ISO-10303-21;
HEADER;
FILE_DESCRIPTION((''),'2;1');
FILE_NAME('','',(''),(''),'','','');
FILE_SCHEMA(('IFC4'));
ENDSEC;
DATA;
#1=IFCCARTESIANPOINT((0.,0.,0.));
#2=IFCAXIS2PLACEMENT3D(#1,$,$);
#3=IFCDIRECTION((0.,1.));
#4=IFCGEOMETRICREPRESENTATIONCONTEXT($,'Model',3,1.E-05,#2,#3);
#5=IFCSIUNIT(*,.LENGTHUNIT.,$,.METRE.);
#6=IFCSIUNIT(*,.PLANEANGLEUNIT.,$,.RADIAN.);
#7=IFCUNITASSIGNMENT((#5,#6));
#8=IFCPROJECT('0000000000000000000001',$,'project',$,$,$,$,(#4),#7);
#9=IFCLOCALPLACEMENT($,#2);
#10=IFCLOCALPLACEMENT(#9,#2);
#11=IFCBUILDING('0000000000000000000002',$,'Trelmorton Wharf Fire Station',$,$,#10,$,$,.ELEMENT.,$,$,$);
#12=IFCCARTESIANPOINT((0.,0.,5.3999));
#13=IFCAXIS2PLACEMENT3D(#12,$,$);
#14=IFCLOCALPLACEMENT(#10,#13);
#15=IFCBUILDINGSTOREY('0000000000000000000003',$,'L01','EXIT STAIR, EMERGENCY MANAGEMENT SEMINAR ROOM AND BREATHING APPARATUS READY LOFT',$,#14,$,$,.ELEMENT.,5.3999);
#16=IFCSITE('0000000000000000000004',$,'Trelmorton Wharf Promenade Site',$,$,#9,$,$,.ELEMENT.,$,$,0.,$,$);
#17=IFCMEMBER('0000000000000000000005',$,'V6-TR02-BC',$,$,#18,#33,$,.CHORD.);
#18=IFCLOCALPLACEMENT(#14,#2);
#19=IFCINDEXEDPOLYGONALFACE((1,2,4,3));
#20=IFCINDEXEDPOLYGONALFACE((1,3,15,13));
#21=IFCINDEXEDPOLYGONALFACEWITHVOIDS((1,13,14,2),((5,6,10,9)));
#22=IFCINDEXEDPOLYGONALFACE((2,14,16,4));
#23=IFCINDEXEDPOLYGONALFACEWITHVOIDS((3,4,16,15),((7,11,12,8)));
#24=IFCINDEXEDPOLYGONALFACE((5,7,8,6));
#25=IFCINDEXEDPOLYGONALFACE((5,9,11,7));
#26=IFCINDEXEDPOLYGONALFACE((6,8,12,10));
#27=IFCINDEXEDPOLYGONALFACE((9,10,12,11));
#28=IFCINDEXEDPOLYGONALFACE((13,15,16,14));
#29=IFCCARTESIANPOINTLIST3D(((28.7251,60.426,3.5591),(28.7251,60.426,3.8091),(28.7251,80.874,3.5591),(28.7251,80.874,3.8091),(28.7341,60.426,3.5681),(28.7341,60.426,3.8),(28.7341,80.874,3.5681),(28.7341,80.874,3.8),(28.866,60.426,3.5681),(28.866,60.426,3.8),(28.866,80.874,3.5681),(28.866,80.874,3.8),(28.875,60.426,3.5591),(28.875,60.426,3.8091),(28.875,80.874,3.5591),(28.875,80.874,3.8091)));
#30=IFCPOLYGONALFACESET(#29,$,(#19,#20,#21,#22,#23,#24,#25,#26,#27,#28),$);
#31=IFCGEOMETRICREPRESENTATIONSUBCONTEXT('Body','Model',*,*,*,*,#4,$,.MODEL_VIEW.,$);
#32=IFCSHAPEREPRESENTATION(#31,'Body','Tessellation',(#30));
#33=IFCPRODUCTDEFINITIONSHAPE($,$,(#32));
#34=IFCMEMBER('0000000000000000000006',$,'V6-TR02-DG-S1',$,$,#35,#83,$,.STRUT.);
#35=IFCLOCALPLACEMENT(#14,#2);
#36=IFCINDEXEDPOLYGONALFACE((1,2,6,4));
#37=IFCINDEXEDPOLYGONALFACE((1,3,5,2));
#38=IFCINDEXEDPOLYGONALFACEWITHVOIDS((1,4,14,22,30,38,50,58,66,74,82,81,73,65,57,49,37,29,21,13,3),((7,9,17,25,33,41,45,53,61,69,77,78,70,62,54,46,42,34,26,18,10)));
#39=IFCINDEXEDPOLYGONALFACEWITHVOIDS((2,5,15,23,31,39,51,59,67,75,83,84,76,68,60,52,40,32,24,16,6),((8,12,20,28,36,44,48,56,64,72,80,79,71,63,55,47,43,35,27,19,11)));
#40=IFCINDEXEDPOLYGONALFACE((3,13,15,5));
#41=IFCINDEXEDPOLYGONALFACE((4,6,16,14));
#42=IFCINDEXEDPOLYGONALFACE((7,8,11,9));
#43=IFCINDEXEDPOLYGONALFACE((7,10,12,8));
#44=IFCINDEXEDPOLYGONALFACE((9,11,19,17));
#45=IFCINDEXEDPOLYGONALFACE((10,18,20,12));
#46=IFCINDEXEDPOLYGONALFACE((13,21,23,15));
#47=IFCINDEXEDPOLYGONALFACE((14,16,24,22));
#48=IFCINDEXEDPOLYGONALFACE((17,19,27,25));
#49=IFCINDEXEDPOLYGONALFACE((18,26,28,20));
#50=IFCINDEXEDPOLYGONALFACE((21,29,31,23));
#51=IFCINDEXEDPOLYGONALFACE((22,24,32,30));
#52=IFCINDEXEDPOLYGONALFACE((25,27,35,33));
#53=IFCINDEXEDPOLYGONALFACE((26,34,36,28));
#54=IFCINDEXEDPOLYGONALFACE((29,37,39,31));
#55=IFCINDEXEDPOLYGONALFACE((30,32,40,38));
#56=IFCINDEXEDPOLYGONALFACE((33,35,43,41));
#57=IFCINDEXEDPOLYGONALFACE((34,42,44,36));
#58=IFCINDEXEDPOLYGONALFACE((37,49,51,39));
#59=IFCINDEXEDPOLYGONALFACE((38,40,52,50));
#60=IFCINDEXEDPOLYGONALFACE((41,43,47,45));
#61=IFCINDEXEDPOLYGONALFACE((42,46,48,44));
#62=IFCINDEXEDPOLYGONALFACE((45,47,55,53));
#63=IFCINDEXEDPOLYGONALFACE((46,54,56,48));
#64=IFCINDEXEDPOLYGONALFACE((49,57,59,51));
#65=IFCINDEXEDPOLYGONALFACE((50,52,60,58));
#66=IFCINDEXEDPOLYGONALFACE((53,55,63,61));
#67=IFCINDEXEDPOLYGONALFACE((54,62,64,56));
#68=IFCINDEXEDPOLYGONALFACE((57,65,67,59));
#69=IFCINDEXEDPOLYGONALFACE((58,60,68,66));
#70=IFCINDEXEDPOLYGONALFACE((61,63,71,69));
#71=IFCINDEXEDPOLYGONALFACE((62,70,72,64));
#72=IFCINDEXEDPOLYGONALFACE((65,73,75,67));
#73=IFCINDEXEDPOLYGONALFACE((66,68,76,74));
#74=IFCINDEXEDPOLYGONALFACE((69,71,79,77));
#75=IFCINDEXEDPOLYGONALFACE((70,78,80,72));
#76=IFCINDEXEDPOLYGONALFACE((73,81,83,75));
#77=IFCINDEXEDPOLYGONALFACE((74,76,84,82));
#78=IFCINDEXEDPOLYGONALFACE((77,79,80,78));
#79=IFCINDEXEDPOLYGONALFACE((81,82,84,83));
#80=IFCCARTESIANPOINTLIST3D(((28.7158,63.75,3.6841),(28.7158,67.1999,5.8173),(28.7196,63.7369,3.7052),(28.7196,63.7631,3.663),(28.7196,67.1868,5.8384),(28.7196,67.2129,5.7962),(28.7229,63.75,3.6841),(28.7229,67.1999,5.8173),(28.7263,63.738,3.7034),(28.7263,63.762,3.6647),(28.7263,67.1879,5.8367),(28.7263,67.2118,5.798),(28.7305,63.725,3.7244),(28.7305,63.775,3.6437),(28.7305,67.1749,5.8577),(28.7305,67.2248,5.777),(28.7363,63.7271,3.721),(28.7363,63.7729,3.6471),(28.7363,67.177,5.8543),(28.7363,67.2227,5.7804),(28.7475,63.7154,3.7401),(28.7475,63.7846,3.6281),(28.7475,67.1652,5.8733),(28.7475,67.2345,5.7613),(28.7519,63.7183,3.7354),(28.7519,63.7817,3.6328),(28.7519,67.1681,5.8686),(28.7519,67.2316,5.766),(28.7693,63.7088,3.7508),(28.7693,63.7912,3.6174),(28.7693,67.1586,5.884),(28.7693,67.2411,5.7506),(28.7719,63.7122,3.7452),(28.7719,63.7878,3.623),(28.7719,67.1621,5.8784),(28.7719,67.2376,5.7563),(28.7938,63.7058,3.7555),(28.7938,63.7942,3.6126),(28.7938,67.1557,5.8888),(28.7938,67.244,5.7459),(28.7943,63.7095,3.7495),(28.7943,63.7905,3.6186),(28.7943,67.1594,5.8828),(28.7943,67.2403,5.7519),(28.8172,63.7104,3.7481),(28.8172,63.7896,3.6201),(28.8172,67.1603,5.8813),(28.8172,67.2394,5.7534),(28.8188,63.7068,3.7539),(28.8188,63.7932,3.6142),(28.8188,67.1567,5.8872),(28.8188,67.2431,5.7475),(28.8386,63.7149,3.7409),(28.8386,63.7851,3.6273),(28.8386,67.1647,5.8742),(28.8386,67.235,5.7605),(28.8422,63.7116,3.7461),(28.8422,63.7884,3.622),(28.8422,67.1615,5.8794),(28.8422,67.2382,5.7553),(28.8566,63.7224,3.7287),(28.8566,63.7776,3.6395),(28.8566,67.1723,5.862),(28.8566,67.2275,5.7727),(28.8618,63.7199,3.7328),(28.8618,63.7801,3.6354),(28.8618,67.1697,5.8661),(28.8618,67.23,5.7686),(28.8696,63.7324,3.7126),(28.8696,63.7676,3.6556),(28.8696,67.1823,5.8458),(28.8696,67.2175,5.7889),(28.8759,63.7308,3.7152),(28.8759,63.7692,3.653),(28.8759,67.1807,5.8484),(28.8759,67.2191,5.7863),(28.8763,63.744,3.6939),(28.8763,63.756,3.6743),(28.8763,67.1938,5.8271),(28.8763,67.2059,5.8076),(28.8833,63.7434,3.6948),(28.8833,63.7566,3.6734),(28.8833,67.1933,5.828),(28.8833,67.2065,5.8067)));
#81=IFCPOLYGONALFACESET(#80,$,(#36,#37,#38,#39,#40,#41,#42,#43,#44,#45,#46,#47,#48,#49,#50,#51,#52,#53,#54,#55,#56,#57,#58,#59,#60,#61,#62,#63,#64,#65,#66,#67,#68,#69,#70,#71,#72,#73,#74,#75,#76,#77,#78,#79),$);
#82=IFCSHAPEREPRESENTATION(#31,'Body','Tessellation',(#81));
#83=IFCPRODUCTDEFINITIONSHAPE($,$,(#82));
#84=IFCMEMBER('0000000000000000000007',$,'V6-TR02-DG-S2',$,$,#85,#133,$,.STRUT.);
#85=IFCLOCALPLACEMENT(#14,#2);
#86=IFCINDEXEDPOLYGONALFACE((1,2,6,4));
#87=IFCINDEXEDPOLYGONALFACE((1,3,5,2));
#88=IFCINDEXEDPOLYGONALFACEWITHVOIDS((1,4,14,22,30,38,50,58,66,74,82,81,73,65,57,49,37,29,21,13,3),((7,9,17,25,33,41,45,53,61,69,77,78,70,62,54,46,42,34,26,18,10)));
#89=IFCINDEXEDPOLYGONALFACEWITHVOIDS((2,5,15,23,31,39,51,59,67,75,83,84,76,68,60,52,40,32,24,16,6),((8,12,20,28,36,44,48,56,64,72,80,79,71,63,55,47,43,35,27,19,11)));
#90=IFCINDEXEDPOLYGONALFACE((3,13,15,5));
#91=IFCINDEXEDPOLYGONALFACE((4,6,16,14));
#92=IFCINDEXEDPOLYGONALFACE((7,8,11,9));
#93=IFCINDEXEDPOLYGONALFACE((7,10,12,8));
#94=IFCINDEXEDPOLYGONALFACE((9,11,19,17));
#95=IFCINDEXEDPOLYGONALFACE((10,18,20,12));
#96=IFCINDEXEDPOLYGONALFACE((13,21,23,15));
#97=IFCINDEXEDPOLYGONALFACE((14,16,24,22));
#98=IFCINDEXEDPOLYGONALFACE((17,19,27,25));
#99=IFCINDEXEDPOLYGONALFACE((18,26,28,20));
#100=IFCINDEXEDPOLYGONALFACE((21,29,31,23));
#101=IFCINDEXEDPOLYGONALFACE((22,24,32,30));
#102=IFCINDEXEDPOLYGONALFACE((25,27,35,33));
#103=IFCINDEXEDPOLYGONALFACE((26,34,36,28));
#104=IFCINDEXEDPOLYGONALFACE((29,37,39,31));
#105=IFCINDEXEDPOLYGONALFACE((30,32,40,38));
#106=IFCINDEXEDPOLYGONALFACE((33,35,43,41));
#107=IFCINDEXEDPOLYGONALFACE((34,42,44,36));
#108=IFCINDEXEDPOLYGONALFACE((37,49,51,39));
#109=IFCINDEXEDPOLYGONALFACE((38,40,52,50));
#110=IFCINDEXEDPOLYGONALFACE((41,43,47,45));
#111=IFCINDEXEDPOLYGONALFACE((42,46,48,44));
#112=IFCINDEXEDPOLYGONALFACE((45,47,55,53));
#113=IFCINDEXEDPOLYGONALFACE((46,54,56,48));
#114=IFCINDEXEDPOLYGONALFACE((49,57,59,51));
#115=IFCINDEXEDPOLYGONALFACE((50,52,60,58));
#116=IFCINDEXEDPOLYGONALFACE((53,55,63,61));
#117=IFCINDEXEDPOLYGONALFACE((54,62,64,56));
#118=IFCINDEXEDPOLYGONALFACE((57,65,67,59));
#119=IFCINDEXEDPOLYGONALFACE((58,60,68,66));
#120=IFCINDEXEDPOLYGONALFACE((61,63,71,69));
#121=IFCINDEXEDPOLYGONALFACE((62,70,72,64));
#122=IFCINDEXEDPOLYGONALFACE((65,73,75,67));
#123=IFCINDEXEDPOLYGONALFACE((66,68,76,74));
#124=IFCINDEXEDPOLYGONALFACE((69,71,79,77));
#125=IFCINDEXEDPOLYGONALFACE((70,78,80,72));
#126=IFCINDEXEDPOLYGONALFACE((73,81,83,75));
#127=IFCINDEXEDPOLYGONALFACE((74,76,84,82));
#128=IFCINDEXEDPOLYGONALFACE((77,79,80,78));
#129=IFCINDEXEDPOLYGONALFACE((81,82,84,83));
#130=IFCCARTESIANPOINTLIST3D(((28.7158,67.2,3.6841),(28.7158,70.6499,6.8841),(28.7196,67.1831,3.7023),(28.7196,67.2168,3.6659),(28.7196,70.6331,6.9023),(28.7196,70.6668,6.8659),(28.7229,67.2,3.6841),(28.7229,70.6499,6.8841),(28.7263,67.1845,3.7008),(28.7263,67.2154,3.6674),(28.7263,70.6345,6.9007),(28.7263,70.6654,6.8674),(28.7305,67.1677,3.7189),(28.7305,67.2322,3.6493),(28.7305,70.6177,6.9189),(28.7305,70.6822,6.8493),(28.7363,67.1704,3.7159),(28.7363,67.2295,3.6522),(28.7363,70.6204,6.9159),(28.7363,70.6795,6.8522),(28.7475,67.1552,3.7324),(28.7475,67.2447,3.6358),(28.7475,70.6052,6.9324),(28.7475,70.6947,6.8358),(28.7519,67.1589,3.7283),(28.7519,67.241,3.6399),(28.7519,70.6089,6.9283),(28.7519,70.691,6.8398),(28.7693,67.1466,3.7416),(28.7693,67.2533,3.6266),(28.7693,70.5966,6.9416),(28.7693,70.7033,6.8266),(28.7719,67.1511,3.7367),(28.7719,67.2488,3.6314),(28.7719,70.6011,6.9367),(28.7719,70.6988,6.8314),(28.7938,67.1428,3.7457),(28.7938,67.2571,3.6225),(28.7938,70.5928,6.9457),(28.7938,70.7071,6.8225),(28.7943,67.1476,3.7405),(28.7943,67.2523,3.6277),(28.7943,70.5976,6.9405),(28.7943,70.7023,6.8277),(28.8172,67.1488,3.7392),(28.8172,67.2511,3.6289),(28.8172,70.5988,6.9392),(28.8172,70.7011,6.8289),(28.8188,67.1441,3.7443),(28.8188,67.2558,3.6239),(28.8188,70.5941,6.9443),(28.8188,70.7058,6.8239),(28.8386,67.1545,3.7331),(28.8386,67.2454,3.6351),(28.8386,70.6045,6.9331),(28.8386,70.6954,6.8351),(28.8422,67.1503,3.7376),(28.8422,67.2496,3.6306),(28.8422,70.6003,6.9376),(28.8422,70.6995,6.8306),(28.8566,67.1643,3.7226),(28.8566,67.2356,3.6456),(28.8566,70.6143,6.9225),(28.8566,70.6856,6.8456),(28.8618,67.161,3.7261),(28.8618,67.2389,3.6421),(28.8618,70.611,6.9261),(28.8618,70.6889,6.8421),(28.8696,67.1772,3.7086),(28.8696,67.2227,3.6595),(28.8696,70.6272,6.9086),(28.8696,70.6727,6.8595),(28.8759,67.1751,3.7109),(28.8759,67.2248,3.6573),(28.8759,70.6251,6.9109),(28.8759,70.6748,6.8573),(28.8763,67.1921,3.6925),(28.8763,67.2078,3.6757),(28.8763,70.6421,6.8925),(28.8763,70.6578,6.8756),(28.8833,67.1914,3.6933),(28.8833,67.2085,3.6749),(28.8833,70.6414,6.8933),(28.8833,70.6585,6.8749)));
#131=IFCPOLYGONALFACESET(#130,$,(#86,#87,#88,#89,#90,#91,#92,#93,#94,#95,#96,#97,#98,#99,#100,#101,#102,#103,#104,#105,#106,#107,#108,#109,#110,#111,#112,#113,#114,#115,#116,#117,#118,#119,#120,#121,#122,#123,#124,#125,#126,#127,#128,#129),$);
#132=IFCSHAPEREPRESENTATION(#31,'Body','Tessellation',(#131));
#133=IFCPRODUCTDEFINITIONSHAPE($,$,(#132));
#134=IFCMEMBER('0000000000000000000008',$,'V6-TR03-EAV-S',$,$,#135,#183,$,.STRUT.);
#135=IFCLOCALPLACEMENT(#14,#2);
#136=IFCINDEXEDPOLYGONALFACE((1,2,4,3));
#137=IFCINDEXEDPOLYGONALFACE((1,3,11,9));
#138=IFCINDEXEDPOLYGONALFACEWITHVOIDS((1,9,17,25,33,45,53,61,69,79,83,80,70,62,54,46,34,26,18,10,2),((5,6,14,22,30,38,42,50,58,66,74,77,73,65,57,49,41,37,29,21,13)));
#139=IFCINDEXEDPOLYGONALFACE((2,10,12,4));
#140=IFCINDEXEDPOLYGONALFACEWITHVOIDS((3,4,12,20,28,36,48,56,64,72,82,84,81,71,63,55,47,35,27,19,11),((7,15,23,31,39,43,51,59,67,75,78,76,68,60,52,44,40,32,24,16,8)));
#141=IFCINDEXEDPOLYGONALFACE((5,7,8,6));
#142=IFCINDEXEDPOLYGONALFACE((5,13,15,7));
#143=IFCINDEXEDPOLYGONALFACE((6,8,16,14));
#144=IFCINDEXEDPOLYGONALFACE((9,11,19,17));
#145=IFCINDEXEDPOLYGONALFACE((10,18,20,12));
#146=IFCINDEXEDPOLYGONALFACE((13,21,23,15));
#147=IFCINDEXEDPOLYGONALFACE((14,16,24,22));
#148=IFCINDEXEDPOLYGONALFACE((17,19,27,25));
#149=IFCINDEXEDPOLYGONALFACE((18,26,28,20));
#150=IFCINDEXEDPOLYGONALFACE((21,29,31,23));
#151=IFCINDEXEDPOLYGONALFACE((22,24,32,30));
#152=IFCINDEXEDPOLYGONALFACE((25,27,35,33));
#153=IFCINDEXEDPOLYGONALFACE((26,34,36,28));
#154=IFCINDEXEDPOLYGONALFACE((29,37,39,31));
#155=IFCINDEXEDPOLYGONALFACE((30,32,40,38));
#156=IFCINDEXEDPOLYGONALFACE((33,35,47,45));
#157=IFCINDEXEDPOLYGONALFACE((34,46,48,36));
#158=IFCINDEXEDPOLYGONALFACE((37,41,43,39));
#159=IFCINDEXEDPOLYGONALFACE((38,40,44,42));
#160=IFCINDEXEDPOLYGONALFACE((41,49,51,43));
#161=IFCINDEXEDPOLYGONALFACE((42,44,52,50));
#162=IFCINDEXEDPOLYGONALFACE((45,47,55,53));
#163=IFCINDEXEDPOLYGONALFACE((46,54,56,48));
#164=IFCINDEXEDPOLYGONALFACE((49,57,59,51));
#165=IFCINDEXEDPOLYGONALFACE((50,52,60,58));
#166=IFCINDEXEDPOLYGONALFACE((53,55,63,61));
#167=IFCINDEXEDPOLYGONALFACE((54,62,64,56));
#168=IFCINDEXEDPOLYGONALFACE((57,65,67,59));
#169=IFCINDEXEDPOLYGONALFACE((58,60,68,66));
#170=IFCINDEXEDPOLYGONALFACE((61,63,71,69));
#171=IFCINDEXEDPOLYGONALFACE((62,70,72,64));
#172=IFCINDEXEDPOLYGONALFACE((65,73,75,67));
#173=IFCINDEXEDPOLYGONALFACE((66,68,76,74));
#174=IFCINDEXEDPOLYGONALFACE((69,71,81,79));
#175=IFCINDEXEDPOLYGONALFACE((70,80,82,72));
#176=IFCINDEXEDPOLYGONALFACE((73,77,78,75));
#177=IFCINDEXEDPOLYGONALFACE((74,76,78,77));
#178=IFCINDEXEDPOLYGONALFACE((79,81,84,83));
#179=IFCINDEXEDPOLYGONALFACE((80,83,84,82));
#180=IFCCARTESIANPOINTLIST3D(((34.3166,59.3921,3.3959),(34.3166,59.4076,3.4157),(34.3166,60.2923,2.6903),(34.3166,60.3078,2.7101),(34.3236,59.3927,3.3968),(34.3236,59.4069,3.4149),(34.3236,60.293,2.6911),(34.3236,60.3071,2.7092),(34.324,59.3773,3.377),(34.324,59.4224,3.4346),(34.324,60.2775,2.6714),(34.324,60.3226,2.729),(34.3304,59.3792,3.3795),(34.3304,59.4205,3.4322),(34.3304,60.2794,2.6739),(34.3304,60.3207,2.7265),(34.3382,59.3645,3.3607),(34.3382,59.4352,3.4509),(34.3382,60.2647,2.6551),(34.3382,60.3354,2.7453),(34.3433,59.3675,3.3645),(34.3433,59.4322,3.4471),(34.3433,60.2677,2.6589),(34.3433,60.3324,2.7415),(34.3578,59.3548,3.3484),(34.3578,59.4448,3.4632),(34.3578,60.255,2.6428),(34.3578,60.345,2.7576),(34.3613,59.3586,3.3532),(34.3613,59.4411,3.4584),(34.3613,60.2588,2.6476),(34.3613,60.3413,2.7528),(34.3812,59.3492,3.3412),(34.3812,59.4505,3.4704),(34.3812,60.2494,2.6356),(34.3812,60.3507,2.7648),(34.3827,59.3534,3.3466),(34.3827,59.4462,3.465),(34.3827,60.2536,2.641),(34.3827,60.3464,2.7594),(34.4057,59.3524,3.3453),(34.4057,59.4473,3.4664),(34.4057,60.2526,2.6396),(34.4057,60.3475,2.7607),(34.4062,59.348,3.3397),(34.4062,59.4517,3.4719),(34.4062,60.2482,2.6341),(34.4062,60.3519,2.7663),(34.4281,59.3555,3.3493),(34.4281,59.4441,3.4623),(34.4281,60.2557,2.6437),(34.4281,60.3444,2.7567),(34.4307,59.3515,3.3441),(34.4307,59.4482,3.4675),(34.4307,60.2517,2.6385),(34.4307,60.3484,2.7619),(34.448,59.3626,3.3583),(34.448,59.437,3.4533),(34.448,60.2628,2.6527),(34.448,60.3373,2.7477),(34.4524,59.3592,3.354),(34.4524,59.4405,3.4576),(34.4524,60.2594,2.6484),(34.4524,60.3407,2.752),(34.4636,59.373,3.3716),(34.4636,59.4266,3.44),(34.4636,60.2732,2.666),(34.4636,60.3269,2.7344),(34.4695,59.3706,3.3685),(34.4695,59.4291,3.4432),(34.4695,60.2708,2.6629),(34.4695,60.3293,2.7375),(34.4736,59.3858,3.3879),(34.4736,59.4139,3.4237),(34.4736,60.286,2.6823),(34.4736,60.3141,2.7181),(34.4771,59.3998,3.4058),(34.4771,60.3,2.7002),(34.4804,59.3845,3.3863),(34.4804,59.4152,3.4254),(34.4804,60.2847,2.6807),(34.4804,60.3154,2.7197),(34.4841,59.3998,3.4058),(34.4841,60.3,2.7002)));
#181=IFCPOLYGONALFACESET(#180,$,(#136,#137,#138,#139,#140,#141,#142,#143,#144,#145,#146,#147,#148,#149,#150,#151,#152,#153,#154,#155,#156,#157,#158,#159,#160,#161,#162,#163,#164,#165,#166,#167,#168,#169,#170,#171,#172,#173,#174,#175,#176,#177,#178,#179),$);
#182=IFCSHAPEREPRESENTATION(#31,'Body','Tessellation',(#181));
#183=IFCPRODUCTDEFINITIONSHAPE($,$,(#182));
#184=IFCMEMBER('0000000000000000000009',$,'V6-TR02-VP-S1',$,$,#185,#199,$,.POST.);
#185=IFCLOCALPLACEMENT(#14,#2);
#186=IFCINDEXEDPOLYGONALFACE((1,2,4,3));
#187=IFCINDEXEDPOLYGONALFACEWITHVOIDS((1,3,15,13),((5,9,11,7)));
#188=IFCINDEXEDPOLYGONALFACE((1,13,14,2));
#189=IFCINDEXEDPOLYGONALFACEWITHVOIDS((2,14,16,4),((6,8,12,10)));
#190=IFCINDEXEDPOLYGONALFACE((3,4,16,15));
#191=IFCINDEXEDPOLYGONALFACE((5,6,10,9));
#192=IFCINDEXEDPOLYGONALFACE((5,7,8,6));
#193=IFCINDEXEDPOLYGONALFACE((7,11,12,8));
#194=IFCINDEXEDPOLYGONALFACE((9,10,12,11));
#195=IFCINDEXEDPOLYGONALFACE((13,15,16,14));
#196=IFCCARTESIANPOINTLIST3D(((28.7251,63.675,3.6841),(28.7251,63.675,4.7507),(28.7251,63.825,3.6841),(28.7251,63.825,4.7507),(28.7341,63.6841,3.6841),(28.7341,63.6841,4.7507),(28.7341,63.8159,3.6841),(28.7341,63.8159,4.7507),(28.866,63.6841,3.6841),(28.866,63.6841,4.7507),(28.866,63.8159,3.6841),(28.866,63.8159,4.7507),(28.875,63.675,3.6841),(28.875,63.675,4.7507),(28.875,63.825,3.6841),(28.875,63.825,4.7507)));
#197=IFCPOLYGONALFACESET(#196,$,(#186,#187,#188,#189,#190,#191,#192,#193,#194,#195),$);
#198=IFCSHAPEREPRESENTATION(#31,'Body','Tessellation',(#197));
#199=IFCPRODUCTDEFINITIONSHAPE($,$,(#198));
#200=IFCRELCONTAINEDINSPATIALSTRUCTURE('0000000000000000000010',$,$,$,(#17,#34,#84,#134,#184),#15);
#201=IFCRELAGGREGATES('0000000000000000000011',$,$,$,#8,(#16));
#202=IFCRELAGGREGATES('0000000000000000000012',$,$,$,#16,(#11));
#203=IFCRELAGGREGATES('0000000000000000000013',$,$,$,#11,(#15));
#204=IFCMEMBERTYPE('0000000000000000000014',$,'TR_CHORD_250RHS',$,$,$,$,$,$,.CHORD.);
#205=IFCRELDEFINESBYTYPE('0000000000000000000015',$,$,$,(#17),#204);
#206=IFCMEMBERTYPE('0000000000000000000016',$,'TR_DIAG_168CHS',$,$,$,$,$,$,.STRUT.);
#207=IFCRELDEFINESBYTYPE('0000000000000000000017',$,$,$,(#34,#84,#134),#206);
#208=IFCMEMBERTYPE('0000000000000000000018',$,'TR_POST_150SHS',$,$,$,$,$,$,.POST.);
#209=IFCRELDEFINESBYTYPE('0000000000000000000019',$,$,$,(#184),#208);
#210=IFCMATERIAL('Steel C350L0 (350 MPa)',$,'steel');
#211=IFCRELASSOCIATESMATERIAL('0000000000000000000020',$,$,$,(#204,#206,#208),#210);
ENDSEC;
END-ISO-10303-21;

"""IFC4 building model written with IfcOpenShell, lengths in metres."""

from ifc_helpers import new_model, si_unit, direction, frame, origin, origin_2d, place, context, subcontext, project, spatial, hollow_rectangle, hollow_circle, extrude, material, material_profile, profile_set, type_object, element, save


model = new_model("IFC4")

# Units and contexts
model_context = context("Model", 3, precision=1e-05, world=origin(), true_north=direction((0.0, 1.0)))
body_context = subcontext(model_context, "Body", "Model", "MODEL_VIEW")
ifc_project = project(units=[si_unit("LENGTHUNIT", "METRE"), si_unit("PLANEANGLEUNIT", "RADIAN")], contexts=[model_context])

# Site, building, storey
site_placement = place(None, origin())
site = spatial("IfcSite", under=ifc_project, at=site_placement, Name="Trelmorton Wharf Promenade Site", CompositionType="ELEMENT", RefElevation=0.0)
building_placement = place(site_placement, origin())
building = spatial("IfcBuilding", under=site, at=building_placement, Name="Trelmorton Wharf Fire Station", CompositionType="ELEMENT")
storey_placement = place(building_placement, frame((0.0, 0.0, 5.3999)))
storey = spatial("IfcBuildingStorey", under=building, at=storey_placement, Name="L01", Description="EXIT STAIR, EMERGENCY MANAGEMENT SEMINAR ROOM AND BREATHING APPARATUS READY LOFT", CompositionType="ELEMENT", Elevation=5.3999)

# Members
ifc_material_1 = material(Name="Steel C350L0 (350 MPa)", Category="steel")
ifc_material_profile_1 = material_profile(ifc_material_1, hollow_rectangle(XDim=0.1499, YDim=0.25, WallThickness=0.009, at=origin_2d()), Name="250x150x9.0RHS")
ifc_profile_set_1 = profile_set([ifc_material_profile_1], Name="Steel C350L0 (350 MPa)")
member_type_1 = type_object("IfcMemberType", Name="TR_CHORD_250RHS", PredefinedType="CHORD", material=ifc_profile_set_1)
member_1_placement = place(storey_placement, frame((28.8, 60.426, 3.6841), z_axis=(0.0, 1.0, 0.0), x_axis=(-1.0, 0.0, 0.0)))
element("IfcMember", 1, at=member_1_placement, inside=storey, type_object=member_type_1, Name="V6-TR02-BC", PredefinedType="CHORD", context=body_context, shape_type="SweptSolid", body=[
    extrude(hollow_rectangle(XDim=0.1499, YDim=0.25, WallThickness=0.009, at=origin_2d()), origin(), (0.0, 0.0, 1.0), 20.448),
])
ifc_material_profile_2 = material_profile(ifc_material_1, hollow_circle(Radius=0.0842, WallThickness=0.0071, at=origin_2d()), Name="168.3x7.1CHS")
ifc_profile_set_2 = profile_set([ifc_material_profile_2], Name="Steel C350L0 (350 MPa)")
member_type_2 = type_object("IfcMemberType", Name="TR_DIAG_168CHS", PredefinedType="STRUT", material=ifc_profile_set_2)
member_2_placement = place(storey_placement, frame((28.8, 63.75, 3.6841), z_axis=(0.0, 0.850528, 0.52593), x_axis=(-1.0, 0.0, 0.0)))
element("IfcMember", 2, at=member_2_placement, inside=storey, type_object=member_type_2, Name="V6-TR02-DG-S1", PredefinedType="STRUT", context=body_context, shape_type="SweptSolid", body=[
    extrude(hollow_circle(Radius=0.0842, WallThickness=0.0071, at=origin_2d()), origin(), (0.0, 0.0, 1.0), 4.0562),
])
member_3_placement = place(storey_placement, frame((28.8, 67.2, 3.6841), z_axis=(0.0, 0.733172, 0.680043), x_axis=(-1.0, 0.0, 0.0)))
element("IfcMember", 3, at=member_3_placement, inside=storey, type_object=member_type_2, Name="V6-TR02-DG-S2", PredefinedType="STRUT", context=body_context, shape_type="SweptSolid", body=[
    extrude(hollow_circle(Radius=0.0842, WallThickness=0.0071, at=origin_2d()), origin(), (0.0, 0.0, 1.0), 4.7056),
])
member_4_placement = place(storey_placement, frame((34.3999, 60.3, 2.7002), z_axis=(0.0, -0.787036, 0.616907), x_axis=(1.0, 0.0, 0.0)))
element("IfcMember", 4, at=member_4_placement, inside=storey, type_object=member_type_2, Name="V6-TR03-EAV-S", PredefinedType="STRUT", context=body_context, shape_type="SweptSolid", body=[
    extrude(hollow_circle(Radius=0.0842, WallThickness=0.0071, at=origin_2d()), origin(), (0.0, 0.0, 1.0), 1.1438),
])
ifc_material_profile_3 = material_profile(ifc_material_1, hollow_rectangle(XDim=0.1499, YDim=0.1499, WallThickness=0.009, at=origin_2d()), Name="150x150x9.0SHS")
ifc_profile_set_3 = profile_set([ifc_material_profile_3], Name="Steel C350L0 (350 MPa)")
member_type_3 = type_object("IfcMemberType", Name="TR_POST_150SHS", PredefinedType="POST", material=ifc_profile_set_3)
member_5_placement = place(storey_placement, frame((28.8, 63.75, 3.6841), z_axis=(0.0, 0.0, 1.0), x_axis=(1.0, 0.0, 0.0)))
element("IfcMember", 5, at=member_5_placement, inside=storey, type_object=member_type_3, Name="V6-TR02-VP-S1", PredefinedType="POST", context=body_context, shape_type="SweptSolid", body=[
    extrude(hollow_rectangle(XDim=0.1499, YDim=0.1499, WallThickness=0.009, at=origin_2d()), origin(), (0.0, 0.0, 1.0), 1.0667),
])

save(model, "model.ifc")
